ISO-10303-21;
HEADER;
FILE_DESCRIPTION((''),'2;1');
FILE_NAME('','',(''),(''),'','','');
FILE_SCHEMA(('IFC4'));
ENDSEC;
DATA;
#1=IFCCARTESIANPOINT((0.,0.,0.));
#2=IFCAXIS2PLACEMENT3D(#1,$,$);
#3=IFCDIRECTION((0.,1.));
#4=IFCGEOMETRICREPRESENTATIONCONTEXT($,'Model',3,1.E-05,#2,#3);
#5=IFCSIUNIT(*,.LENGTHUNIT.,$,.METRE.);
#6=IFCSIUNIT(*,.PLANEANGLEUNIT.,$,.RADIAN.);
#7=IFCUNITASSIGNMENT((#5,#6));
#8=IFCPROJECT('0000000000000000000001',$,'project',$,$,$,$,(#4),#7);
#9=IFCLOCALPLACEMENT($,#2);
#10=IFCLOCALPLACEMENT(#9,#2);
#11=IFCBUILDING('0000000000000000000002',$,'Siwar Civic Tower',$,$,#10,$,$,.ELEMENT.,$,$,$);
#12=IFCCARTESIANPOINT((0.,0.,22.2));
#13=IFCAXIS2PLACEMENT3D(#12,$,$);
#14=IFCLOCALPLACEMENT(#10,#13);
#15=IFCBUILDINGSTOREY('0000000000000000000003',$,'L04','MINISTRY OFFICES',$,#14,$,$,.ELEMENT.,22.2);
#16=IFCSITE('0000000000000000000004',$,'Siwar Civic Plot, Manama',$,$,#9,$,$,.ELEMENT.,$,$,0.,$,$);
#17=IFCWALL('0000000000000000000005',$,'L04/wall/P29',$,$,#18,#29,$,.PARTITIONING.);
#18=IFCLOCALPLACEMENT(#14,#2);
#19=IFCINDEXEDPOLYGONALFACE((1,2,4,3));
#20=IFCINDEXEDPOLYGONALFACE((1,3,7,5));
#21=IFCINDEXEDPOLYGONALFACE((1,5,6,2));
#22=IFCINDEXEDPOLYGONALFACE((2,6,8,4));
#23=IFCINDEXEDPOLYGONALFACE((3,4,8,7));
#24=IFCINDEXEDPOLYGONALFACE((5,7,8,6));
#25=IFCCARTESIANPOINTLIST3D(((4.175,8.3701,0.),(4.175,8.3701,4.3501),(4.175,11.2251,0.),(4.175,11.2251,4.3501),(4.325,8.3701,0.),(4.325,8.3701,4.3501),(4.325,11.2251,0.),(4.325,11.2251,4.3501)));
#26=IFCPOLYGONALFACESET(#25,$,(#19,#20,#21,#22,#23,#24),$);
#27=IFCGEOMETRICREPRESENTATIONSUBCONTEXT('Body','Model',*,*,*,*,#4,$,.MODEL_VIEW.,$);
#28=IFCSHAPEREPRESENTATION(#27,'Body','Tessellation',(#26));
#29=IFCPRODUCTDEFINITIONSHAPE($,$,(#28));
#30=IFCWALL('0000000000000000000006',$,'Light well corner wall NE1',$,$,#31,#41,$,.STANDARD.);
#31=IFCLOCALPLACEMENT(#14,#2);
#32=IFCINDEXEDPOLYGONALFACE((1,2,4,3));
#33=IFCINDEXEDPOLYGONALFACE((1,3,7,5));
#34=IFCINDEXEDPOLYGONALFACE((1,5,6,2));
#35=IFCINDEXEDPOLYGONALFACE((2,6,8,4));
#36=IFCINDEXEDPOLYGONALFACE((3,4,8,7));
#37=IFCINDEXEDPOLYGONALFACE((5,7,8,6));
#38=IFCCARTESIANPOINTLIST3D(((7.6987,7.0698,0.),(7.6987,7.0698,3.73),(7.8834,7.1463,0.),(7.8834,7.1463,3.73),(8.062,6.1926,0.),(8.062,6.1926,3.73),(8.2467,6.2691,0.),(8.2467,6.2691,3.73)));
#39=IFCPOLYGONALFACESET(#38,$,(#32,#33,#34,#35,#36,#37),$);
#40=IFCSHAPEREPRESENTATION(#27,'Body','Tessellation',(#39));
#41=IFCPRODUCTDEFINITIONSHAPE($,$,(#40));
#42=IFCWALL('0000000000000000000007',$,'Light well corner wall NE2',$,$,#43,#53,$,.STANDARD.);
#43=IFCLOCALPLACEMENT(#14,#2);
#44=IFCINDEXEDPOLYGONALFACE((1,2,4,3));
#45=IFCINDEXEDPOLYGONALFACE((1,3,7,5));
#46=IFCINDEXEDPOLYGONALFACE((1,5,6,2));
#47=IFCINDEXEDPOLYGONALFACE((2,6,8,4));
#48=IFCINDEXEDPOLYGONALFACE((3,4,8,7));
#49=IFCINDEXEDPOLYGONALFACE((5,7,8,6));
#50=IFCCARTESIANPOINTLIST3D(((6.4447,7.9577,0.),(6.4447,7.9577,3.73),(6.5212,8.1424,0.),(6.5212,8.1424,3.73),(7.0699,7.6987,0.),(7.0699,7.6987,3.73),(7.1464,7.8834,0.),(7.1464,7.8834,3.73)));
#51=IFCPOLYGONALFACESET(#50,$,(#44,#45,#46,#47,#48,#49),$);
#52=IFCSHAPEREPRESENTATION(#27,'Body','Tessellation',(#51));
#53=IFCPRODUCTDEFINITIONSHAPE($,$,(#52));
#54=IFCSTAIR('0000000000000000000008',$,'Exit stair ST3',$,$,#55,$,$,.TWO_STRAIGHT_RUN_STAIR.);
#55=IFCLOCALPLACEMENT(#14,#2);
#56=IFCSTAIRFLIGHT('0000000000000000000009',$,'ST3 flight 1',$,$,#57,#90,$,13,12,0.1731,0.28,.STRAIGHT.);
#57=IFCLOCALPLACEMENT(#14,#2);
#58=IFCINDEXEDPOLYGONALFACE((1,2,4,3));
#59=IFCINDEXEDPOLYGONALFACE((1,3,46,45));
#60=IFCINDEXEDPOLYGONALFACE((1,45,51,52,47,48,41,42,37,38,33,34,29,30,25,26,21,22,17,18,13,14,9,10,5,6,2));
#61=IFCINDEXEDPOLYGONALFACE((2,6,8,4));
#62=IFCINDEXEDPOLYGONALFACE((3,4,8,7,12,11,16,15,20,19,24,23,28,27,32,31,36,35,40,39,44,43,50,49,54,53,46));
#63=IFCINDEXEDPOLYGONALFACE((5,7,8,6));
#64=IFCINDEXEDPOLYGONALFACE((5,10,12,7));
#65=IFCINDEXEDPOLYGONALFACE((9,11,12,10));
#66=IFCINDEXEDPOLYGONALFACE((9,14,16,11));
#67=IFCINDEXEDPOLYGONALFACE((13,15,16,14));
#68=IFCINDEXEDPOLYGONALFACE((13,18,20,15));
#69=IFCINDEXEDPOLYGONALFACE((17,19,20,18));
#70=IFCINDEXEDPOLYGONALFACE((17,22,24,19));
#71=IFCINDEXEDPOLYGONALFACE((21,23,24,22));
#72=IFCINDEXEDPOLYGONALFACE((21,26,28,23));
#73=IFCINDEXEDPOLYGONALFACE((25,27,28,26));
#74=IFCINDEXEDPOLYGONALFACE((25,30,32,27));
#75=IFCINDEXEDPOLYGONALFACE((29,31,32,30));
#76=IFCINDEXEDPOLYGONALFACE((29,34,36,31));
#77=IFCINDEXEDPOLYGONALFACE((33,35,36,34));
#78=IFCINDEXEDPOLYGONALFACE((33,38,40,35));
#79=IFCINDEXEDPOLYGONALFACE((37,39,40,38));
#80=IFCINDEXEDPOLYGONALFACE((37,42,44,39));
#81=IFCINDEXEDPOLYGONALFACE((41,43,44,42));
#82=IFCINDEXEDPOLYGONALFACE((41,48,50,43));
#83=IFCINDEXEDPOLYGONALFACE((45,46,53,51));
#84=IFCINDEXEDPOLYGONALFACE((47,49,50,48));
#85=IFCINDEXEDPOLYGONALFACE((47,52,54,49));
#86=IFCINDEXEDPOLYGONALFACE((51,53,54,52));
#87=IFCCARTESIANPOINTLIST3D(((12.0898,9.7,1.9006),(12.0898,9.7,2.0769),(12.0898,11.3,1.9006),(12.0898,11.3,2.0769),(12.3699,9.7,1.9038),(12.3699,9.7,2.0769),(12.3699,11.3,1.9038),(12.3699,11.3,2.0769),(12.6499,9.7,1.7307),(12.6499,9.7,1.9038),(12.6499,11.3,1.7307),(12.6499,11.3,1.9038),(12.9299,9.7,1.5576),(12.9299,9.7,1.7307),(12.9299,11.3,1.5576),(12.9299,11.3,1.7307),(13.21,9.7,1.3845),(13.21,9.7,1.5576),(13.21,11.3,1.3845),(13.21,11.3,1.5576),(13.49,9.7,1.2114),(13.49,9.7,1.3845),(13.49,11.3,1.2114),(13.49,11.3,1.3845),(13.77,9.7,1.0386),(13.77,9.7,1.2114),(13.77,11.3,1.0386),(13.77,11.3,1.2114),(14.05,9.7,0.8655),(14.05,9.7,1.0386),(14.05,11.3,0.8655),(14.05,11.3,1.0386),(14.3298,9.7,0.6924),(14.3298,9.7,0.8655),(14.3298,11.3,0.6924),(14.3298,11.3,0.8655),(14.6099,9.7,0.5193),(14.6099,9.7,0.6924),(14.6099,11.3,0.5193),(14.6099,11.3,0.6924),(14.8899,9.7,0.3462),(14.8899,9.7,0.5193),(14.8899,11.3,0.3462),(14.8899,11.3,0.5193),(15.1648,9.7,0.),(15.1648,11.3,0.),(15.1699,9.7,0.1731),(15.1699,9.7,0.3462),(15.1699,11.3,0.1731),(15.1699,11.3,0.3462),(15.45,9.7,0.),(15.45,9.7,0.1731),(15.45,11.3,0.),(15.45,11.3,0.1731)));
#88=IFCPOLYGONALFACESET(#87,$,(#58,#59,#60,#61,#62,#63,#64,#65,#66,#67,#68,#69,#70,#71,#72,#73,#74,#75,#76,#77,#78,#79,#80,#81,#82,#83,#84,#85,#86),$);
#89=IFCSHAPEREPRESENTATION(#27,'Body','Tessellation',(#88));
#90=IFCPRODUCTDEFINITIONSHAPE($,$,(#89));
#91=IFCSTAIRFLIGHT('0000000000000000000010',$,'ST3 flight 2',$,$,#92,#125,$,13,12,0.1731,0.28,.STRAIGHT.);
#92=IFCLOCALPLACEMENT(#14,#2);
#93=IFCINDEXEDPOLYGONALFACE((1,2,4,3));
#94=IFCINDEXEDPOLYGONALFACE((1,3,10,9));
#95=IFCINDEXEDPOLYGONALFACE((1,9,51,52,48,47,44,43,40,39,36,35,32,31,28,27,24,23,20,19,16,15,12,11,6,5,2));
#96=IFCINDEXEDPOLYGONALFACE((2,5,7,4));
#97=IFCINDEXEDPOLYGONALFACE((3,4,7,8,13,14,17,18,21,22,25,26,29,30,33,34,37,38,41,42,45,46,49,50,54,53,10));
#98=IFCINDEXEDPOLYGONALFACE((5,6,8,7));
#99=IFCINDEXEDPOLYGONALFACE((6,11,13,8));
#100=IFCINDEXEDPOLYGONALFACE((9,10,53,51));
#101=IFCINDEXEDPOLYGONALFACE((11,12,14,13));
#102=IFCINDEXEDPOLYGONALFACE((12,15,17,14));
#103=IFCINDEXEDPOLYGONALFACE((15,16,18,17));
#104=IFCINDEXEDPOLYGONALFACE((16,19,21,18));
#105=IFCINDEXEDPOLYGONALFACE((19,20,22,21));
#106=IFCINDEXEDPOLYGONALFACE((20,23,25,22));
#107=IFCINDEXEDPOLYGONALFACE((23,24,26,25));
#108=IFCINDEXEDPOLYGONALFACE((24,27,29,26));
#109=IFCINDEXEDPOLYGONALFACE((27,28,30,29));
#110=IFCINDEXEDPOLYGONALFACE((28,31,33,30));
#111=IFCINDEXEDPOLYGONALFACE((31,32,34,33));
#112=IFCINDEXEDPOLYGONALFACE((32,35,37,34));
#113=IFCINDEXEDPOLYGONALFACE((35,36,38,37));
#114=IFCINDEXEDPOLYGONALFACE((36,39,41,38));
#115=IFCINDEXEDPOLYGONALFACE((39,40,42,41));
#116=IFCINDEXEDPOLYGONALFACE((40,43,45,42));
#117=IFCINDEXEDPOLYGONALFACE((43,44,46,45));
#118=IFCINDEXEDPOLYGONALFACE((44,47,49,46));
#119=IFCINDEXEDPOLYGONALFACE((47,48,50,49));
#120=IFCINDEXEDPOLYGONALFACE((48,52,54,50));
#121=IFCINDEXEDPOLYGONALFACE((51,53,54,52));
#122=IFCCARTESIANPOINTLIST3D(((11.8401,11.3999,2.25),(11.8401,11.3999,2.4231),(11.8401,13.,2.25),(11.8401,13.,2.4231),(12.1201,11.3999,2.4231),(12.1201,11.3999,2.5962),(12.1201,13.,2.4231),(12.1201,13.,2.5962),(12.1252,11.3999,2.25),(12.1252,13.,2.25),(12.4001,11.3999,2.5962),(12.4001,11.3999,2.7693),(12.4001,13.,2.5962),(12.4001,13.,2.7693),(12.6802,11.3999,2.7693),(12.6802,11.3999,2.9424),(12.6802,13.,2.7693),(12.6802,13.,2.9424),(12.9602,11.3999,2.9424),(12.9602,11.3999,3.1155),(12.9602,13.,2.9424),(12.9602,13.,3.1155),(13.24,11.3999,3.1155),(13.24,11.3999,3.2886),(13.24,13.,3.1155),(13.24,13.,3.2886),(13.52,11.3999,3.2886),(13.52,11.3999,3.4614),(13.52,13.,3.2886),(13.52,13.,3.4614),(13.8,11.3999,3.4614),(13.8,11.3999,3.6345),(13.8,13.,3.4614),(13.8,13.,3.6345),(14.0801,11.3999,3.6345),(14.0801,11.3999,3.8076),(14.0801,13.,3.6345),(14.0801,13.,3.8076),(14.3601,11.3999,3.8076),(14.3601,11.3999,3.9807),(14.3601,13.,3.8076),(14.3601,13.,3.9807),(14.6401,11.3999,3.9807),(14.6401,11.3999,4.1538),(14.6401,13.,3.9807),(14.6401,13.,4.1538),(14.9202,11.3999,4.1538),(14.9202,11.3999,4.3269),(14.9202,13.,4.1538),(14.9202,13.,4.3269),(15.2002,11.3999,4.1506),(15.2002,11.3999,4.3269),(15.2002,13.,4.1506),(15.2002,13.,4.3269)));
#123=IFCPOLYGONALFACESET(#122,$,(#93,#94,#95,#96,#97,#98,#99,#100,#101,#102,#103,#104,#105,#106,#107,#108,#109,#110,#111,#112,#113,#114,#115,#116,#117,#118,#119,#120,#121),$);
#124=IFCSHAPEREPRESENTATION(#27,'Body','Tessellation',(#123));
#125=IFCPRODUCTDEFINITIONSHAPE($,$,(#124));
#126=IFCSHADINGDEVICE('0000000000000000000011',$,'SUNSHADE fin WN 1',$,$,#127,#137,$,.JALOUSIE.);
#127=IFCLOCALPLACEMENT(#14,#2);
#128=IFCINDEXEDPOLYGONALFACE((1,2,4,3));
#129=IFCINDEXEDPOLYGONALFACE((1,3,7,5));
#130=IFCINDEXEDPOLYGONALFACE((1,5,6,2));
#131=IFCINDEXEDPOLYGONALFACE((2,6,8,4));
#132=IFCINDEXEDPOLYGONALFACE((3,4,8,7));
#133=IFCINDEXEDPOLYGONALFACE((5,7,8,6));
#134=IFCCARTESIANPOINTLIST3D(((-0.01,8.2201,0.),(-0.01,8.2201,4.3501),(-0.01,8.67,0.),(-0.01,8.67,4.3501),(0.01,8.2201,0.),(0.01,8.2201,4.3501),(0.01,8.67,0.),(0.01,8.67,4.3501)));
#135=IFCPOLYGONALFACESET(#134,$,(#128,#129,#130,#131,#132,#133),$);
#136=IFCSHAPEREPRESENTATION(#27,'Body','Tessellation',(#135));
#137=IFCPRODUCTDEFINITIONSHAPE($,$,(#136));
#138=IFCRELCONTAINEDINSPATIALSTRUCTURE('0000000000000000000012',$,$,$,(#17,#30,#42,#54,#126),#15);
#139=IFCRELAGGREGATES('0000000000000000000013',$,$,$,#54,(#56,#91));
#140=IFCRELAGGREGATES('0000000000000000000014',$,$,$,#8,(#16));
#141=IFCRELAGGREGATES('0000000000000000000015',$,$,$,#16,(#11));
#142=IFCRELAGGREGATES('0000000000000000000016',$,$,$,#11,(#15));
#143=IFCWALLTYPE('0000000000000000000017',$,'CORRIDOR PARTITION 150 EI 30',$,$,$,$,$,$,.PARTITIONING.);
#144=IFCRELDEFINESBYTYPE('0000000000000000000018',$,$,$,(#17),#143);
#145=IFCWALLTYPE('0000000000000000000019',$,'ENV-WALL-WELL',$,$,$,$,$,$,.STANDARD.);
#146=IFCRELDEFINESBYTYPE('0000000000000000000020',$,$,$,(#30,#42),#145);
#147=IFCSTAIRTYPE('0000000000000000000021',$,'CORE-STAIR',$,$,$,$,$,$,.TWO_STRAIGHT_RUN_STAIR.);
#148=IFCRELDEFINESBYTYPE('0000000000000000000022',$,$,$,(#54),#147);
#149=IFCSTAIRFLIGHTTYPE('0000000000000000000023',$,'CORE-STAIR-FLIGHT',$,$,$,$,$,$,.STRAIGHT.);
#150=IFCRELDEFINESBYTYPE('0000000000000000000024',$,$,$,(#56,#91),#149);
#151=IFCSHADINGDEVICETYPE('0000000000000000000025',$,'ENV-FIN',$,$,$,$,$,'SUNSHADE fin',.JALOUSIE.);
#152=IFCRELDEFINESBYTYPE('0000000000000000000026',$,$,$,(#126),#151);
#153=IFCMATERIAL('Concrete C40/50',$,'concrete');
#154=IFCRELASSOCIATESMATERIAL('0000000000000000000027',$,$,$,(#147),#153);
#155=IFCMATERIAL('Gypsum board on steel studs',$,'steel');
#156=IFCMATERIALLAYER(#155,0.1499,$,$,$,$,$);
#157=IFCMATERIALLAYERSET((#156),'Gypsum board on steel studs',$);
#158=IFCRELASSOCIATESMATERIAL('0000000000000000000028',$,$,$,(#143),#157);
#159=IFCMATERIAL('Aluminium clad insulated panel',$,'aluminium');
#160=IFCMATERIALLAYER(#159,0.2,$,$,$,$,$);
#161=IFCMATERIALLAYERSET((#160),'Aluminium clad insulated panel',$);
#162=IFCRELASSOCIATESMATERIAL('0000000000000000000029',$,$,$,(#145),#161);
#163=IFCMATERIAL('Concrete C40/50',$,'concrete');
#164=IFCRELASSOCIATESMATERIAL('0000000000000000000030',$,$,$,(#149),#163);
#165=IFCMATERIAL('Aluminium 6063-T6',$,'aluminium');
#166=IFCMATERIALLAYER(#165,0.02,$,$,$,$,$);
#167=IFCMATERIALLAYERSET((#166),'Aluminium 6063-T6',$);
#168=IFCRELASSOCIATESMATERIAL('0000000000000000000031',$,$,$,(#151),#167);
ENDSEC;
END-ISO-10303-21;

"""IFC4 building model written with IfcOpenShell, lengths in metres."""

from ifc_helpers import new_model, si_unit, direction, frame, frame_2d, origin, origin_2d, place, context, subcontext, project, spatial, polyline, rectangle, outline, extrude, material, layer, layer_set, type_object, element, aggregate, save


model = new_model("IFC4")

# Units and contexts
model_context = context("Model", 3, precision=1e-05, world=origin(), true_north=direction((0.0, 1.0)))
body_context = subcontext(model_context, "Body", "Model", "MODEL_VIEW")
ifc_project = project(units=[si_unit("LENGTHUNIT", "METRE"), si_unit("PLANEANGLEUNIT", "RADIAN")], contexts=[model_context])

# Site, building, storey
site_placement = place(None, origin())
site = spatial("IfcSite", under=ifc_project, at=site_placement, Name="Siwar Civic Plot, Manama", CompositionType="ELEMENT", RefElevation=0.0)
building_placement = place(site_placement, origin())
building = spatial("IfcBuilding", under=site, at=building_placement, Name="Siwar Civic Tower", CompositionType="ELEMENT")
storey_placement = place(building_placement, frame((0.0, 0.0, 22.2)))
storey = spatial("IfcBuildingStorey", under=building, at=storey_placement, Name="L04", Description="MINISTRY OFFICES", CompositionType="ELEMENT", Elevation=22.2)

# Shared definitions
ifc_material_1 = material(Name="Concrete C40/50", Category="concrete")
stair_type = type_object("IfcStairType", Name="CORE-STAIR", PredefinedType="TWO_STRAIGHT_RUN_STAIR", material=ifc_material_1)

# Walls
ifc_material_2 = material(Name="Gypsum board on steel studs", Category="steel")
ifc_layer_1 = layer(ifc_material_2, 0.1499)
ifc_layer_set_1 = layer_set([ifc_layer_1], Name="Gypsum board on steel studs")
wall_type_1 = type_object("IfcWallType", Name="CORRIDOR PARTITION 150 EI 30", PredefinedType="PARTITIONING", material=ifc_layer_set_1)
wall_1_placement = place(storey_placement, frame((4.25, 8.3701, 0.0), z_axis=(0.0, 0.0, 1.0), x_axis=(0.0, 1.0, 0.0)))
element("IfcWall", 1, at=wall_1_placement, inside=storey, type_object=wall_type_1, Name="L04/wall/P29", PredefinedType="PARTITIONING", context=body_context, shape_type="SweptSolid", body=[
    extrude(rectangle(XDim=2.855, YDim=0.1499, at=frame_2d((1.4275, 0.0))), origin(), (0.0, 0.0, 1.0), 4.3501),
])
ifc_material_3 = material(Name="Aluminium clad insulated panel", Category="aluminium")
ifc_layer_2 = layer(ifc_material_3, 0.2)
ifc_layer_set_2 = layer_set([ifc_layer_2], Name="Aluminium clad insulated panel")
wall_type_2 = type_object("IfcWallType", Name="ENV-WALL-WELL", PredefinedType="STANDARD", material=ifc_layer_set_2)
wall_2_placement = place(storey_placement, frame((8.1543, 6.231, 0.0), z_axis=(0.0, 0.0, 1.0), x_axis=(-0.382624, 0.923904, 0.0)))
element("IfcWall", 2, at=wall_2_placement, inside=storey, type_object=wall_type_2, Name="Light well corner wall NE1", PredefinedType="STANDARD", context=body_context, shape_type="SweptSolid", body=[
    extrude(rectangle(XDim=0.9495, YDim=0.2, at=frame_2d((0.4746, 0.0))), origin(), (0.0, 0.0, 1.0), 3.73),
])
wall_3_placement = place(storey_placement, frame((7.1082, 7.791, 0.0), z_axis=(0.0, 0.0, 1.0), x_axis=(-0.923854, 0.382745, 0.0)))
element("IfcWall", 3, at=wall_3_placement, inside=storey, type_object=wall_type_2, Name="Light well corner wall NE2", PredefinedType="STANDARD", context=body_context, shape_type="SweptSolid", body=[
    extrude(rectangle(XDim=0.6768, YDim=0.2, at=frame_2d((0.3384, 0.0))), origin(), (0.0, 0.0, 1.0), 3.73),
])

# Stair, stair flights
stair_1_placement = place(storey_placement, origin())
stair_1 = element("IfcStair", 4, at=stair_1_placement, inside=storey, type_object=stair_type, Name="Exit stair ST3", PredefinedType="TWO_STRAIGHT_RUN_STAIR")
ifc_material_4 = material(Name="Concrete C40/50", Category="concrete")
stair_flight_type = type_object("IfcStairFlightType", Name="CORE-STAIR-FLIGHT", PredefinedType="STRAIGHT", material=ifc_material_4)
stair_flight_1_placement = place(storey_placement, frame((15.45, 10.5, 0.0), z_axis=(0.0, 0.0, 1.0), x_axis=(-1.0, 0.0, 0.0)))
stair_flight_1 = element("IfcStairFlight", 5, at=stair_flight_1_placement, type_object=stair_flight_type, Name="ST3 flight 1", NumberOfRisers=13, NumberOfTreads=12, PredefinedType="STRAIGHT", RiserHeight=0.1731, TreadLength=0.28, context=body_context, shape_type="SweptSolid", body=[
    extrude(outline(polyline([(0.0, 0.0), (0.0, 0.1731), (0.28, 0.1731), (0.28, 0.3462), (0.5601, 0.3462), (0.5601, 0.5193), (0.8401, 0.5193), (0.8401, 0.6924), (1.1201, 0.6924), (1.1201, 0.8655), (1.3999, 0.8655), (1.3999, 1.0386), (1.6799, 1.0386), (1.6799, 1.2114), (1.96, 1.2114), (1.96, 1.3845), (2.24, 1.3845), (2.24, 1.5576), (2.52, 1.5576), (2.52, 1.7307), (2.8, 1.7307), (2.8, 1.9038), (3.0801, 1.9038), (3.0801, 2.0769), (3.3601, 2.0769), (3.3601, 2.25), (3.3601, 1.9006), (0.2852, 0.0), (0.0, 0.0)])), frame((0.0, 0.8, 0.0), z_axis=(0.0, -1.0, 0.0), x_axis=(1.0, 0.0, 0.0)), (0.0, 0.0, 1.0), 1.6001),
])
stair_flight_2_placement = place(storey_placement, frame((11.8401, 12.2, 2.25), z_axis=(0.0, 0.0, 1.0), x_axis=(1.0, 0.0, 0.0)))
stair_flight_2 = element("IfcStairFlight", 6, at=stair_flight_2_placement, type_object=stair_flight_type, Name="ST3 flight 2", NumberOfRisers=13, NumberOfTreads=12, PredefinedType="STRAIGHT", RiserHeight=0.1731, TreadLength=0.28, context=body_context, shape_type="SweptSolid", body=[
    extrude(outline(polyline([(0.0, 0.0), (0.0, 0.1731), (0.28, 0.1731), (0.28, 0.3462), (0.5601, 0.3462), (0.5601, 0.5193), (0.8401, 0.5193), (0.8401, 0.6924), (1.1201, 0.6924), (1.1201, 0.8655), (1.3999, 0.8655), (1.3999, 1.0386), (1.6799, 1.0386), (1.6799, 1.2114), (1.96, 1.2114), (1.96, 1.3845), (2.24, 1.3845), (2.24, 1.5576), (2.52, 1.5576), (2.52, 1.7307), (2.8, 1.7307), (2.8, 1.9038), (3.0801, 1.9038), (3.0801, 2.0769), (3.3601, 2.0769), (3.3601, 2.25), (3.3601, 1.9006), (0.2852, 0.0), (0.0, 0.0)])), frame((0.0, 0.8, 0.0), z_axis=(0.0, -1.0, 0.0), x_axis=(1.0, 0.0, 0.0)), (0.0, 0.0, 1.0), 1.6001),
])
aggregate(stair_1, [stair_flight_1, stair_flight_2])

# Shading device
ifc_material_5 = material(Name="Aluminium 6063-T6", Category="aluminium")
ifc_layer_3 = layer(ifc_material_5, 0.02)
ifc_layer_set_3 = layer_set([ifc_layer_3], Name="Aluminium 6063-T6")
shading_device_type = type_object("IfcShadingDeviceType", Name="ENV-FIN", ElementType="SUNSHADE fin", PredefinedType="JALOUSIE", material=ifc_layer_set_3)
shading_device_placement = place(storey_placement, frame((0.0, 8.4451, 0.0), z_axis=(0.0, 0.0, 1.0), x_axis=(-1.0, 0.0, 0.0)))
element("IfcShadingDevice", 7, at=shading_device_placement, inside=storey, type_object=shading_device_type, Name="SUNSHADE fin WN 1", PredefinedType="JALOUSIE", context=body_context, shape_type="SweptSolid", body=[
    extrude(rectangle(XDim=0.02, YDim=0.45, at=origin_2d()), origin(), (0.0, 0.0, 1.0), 4.3501),
])

save(model, "model.ifc")
